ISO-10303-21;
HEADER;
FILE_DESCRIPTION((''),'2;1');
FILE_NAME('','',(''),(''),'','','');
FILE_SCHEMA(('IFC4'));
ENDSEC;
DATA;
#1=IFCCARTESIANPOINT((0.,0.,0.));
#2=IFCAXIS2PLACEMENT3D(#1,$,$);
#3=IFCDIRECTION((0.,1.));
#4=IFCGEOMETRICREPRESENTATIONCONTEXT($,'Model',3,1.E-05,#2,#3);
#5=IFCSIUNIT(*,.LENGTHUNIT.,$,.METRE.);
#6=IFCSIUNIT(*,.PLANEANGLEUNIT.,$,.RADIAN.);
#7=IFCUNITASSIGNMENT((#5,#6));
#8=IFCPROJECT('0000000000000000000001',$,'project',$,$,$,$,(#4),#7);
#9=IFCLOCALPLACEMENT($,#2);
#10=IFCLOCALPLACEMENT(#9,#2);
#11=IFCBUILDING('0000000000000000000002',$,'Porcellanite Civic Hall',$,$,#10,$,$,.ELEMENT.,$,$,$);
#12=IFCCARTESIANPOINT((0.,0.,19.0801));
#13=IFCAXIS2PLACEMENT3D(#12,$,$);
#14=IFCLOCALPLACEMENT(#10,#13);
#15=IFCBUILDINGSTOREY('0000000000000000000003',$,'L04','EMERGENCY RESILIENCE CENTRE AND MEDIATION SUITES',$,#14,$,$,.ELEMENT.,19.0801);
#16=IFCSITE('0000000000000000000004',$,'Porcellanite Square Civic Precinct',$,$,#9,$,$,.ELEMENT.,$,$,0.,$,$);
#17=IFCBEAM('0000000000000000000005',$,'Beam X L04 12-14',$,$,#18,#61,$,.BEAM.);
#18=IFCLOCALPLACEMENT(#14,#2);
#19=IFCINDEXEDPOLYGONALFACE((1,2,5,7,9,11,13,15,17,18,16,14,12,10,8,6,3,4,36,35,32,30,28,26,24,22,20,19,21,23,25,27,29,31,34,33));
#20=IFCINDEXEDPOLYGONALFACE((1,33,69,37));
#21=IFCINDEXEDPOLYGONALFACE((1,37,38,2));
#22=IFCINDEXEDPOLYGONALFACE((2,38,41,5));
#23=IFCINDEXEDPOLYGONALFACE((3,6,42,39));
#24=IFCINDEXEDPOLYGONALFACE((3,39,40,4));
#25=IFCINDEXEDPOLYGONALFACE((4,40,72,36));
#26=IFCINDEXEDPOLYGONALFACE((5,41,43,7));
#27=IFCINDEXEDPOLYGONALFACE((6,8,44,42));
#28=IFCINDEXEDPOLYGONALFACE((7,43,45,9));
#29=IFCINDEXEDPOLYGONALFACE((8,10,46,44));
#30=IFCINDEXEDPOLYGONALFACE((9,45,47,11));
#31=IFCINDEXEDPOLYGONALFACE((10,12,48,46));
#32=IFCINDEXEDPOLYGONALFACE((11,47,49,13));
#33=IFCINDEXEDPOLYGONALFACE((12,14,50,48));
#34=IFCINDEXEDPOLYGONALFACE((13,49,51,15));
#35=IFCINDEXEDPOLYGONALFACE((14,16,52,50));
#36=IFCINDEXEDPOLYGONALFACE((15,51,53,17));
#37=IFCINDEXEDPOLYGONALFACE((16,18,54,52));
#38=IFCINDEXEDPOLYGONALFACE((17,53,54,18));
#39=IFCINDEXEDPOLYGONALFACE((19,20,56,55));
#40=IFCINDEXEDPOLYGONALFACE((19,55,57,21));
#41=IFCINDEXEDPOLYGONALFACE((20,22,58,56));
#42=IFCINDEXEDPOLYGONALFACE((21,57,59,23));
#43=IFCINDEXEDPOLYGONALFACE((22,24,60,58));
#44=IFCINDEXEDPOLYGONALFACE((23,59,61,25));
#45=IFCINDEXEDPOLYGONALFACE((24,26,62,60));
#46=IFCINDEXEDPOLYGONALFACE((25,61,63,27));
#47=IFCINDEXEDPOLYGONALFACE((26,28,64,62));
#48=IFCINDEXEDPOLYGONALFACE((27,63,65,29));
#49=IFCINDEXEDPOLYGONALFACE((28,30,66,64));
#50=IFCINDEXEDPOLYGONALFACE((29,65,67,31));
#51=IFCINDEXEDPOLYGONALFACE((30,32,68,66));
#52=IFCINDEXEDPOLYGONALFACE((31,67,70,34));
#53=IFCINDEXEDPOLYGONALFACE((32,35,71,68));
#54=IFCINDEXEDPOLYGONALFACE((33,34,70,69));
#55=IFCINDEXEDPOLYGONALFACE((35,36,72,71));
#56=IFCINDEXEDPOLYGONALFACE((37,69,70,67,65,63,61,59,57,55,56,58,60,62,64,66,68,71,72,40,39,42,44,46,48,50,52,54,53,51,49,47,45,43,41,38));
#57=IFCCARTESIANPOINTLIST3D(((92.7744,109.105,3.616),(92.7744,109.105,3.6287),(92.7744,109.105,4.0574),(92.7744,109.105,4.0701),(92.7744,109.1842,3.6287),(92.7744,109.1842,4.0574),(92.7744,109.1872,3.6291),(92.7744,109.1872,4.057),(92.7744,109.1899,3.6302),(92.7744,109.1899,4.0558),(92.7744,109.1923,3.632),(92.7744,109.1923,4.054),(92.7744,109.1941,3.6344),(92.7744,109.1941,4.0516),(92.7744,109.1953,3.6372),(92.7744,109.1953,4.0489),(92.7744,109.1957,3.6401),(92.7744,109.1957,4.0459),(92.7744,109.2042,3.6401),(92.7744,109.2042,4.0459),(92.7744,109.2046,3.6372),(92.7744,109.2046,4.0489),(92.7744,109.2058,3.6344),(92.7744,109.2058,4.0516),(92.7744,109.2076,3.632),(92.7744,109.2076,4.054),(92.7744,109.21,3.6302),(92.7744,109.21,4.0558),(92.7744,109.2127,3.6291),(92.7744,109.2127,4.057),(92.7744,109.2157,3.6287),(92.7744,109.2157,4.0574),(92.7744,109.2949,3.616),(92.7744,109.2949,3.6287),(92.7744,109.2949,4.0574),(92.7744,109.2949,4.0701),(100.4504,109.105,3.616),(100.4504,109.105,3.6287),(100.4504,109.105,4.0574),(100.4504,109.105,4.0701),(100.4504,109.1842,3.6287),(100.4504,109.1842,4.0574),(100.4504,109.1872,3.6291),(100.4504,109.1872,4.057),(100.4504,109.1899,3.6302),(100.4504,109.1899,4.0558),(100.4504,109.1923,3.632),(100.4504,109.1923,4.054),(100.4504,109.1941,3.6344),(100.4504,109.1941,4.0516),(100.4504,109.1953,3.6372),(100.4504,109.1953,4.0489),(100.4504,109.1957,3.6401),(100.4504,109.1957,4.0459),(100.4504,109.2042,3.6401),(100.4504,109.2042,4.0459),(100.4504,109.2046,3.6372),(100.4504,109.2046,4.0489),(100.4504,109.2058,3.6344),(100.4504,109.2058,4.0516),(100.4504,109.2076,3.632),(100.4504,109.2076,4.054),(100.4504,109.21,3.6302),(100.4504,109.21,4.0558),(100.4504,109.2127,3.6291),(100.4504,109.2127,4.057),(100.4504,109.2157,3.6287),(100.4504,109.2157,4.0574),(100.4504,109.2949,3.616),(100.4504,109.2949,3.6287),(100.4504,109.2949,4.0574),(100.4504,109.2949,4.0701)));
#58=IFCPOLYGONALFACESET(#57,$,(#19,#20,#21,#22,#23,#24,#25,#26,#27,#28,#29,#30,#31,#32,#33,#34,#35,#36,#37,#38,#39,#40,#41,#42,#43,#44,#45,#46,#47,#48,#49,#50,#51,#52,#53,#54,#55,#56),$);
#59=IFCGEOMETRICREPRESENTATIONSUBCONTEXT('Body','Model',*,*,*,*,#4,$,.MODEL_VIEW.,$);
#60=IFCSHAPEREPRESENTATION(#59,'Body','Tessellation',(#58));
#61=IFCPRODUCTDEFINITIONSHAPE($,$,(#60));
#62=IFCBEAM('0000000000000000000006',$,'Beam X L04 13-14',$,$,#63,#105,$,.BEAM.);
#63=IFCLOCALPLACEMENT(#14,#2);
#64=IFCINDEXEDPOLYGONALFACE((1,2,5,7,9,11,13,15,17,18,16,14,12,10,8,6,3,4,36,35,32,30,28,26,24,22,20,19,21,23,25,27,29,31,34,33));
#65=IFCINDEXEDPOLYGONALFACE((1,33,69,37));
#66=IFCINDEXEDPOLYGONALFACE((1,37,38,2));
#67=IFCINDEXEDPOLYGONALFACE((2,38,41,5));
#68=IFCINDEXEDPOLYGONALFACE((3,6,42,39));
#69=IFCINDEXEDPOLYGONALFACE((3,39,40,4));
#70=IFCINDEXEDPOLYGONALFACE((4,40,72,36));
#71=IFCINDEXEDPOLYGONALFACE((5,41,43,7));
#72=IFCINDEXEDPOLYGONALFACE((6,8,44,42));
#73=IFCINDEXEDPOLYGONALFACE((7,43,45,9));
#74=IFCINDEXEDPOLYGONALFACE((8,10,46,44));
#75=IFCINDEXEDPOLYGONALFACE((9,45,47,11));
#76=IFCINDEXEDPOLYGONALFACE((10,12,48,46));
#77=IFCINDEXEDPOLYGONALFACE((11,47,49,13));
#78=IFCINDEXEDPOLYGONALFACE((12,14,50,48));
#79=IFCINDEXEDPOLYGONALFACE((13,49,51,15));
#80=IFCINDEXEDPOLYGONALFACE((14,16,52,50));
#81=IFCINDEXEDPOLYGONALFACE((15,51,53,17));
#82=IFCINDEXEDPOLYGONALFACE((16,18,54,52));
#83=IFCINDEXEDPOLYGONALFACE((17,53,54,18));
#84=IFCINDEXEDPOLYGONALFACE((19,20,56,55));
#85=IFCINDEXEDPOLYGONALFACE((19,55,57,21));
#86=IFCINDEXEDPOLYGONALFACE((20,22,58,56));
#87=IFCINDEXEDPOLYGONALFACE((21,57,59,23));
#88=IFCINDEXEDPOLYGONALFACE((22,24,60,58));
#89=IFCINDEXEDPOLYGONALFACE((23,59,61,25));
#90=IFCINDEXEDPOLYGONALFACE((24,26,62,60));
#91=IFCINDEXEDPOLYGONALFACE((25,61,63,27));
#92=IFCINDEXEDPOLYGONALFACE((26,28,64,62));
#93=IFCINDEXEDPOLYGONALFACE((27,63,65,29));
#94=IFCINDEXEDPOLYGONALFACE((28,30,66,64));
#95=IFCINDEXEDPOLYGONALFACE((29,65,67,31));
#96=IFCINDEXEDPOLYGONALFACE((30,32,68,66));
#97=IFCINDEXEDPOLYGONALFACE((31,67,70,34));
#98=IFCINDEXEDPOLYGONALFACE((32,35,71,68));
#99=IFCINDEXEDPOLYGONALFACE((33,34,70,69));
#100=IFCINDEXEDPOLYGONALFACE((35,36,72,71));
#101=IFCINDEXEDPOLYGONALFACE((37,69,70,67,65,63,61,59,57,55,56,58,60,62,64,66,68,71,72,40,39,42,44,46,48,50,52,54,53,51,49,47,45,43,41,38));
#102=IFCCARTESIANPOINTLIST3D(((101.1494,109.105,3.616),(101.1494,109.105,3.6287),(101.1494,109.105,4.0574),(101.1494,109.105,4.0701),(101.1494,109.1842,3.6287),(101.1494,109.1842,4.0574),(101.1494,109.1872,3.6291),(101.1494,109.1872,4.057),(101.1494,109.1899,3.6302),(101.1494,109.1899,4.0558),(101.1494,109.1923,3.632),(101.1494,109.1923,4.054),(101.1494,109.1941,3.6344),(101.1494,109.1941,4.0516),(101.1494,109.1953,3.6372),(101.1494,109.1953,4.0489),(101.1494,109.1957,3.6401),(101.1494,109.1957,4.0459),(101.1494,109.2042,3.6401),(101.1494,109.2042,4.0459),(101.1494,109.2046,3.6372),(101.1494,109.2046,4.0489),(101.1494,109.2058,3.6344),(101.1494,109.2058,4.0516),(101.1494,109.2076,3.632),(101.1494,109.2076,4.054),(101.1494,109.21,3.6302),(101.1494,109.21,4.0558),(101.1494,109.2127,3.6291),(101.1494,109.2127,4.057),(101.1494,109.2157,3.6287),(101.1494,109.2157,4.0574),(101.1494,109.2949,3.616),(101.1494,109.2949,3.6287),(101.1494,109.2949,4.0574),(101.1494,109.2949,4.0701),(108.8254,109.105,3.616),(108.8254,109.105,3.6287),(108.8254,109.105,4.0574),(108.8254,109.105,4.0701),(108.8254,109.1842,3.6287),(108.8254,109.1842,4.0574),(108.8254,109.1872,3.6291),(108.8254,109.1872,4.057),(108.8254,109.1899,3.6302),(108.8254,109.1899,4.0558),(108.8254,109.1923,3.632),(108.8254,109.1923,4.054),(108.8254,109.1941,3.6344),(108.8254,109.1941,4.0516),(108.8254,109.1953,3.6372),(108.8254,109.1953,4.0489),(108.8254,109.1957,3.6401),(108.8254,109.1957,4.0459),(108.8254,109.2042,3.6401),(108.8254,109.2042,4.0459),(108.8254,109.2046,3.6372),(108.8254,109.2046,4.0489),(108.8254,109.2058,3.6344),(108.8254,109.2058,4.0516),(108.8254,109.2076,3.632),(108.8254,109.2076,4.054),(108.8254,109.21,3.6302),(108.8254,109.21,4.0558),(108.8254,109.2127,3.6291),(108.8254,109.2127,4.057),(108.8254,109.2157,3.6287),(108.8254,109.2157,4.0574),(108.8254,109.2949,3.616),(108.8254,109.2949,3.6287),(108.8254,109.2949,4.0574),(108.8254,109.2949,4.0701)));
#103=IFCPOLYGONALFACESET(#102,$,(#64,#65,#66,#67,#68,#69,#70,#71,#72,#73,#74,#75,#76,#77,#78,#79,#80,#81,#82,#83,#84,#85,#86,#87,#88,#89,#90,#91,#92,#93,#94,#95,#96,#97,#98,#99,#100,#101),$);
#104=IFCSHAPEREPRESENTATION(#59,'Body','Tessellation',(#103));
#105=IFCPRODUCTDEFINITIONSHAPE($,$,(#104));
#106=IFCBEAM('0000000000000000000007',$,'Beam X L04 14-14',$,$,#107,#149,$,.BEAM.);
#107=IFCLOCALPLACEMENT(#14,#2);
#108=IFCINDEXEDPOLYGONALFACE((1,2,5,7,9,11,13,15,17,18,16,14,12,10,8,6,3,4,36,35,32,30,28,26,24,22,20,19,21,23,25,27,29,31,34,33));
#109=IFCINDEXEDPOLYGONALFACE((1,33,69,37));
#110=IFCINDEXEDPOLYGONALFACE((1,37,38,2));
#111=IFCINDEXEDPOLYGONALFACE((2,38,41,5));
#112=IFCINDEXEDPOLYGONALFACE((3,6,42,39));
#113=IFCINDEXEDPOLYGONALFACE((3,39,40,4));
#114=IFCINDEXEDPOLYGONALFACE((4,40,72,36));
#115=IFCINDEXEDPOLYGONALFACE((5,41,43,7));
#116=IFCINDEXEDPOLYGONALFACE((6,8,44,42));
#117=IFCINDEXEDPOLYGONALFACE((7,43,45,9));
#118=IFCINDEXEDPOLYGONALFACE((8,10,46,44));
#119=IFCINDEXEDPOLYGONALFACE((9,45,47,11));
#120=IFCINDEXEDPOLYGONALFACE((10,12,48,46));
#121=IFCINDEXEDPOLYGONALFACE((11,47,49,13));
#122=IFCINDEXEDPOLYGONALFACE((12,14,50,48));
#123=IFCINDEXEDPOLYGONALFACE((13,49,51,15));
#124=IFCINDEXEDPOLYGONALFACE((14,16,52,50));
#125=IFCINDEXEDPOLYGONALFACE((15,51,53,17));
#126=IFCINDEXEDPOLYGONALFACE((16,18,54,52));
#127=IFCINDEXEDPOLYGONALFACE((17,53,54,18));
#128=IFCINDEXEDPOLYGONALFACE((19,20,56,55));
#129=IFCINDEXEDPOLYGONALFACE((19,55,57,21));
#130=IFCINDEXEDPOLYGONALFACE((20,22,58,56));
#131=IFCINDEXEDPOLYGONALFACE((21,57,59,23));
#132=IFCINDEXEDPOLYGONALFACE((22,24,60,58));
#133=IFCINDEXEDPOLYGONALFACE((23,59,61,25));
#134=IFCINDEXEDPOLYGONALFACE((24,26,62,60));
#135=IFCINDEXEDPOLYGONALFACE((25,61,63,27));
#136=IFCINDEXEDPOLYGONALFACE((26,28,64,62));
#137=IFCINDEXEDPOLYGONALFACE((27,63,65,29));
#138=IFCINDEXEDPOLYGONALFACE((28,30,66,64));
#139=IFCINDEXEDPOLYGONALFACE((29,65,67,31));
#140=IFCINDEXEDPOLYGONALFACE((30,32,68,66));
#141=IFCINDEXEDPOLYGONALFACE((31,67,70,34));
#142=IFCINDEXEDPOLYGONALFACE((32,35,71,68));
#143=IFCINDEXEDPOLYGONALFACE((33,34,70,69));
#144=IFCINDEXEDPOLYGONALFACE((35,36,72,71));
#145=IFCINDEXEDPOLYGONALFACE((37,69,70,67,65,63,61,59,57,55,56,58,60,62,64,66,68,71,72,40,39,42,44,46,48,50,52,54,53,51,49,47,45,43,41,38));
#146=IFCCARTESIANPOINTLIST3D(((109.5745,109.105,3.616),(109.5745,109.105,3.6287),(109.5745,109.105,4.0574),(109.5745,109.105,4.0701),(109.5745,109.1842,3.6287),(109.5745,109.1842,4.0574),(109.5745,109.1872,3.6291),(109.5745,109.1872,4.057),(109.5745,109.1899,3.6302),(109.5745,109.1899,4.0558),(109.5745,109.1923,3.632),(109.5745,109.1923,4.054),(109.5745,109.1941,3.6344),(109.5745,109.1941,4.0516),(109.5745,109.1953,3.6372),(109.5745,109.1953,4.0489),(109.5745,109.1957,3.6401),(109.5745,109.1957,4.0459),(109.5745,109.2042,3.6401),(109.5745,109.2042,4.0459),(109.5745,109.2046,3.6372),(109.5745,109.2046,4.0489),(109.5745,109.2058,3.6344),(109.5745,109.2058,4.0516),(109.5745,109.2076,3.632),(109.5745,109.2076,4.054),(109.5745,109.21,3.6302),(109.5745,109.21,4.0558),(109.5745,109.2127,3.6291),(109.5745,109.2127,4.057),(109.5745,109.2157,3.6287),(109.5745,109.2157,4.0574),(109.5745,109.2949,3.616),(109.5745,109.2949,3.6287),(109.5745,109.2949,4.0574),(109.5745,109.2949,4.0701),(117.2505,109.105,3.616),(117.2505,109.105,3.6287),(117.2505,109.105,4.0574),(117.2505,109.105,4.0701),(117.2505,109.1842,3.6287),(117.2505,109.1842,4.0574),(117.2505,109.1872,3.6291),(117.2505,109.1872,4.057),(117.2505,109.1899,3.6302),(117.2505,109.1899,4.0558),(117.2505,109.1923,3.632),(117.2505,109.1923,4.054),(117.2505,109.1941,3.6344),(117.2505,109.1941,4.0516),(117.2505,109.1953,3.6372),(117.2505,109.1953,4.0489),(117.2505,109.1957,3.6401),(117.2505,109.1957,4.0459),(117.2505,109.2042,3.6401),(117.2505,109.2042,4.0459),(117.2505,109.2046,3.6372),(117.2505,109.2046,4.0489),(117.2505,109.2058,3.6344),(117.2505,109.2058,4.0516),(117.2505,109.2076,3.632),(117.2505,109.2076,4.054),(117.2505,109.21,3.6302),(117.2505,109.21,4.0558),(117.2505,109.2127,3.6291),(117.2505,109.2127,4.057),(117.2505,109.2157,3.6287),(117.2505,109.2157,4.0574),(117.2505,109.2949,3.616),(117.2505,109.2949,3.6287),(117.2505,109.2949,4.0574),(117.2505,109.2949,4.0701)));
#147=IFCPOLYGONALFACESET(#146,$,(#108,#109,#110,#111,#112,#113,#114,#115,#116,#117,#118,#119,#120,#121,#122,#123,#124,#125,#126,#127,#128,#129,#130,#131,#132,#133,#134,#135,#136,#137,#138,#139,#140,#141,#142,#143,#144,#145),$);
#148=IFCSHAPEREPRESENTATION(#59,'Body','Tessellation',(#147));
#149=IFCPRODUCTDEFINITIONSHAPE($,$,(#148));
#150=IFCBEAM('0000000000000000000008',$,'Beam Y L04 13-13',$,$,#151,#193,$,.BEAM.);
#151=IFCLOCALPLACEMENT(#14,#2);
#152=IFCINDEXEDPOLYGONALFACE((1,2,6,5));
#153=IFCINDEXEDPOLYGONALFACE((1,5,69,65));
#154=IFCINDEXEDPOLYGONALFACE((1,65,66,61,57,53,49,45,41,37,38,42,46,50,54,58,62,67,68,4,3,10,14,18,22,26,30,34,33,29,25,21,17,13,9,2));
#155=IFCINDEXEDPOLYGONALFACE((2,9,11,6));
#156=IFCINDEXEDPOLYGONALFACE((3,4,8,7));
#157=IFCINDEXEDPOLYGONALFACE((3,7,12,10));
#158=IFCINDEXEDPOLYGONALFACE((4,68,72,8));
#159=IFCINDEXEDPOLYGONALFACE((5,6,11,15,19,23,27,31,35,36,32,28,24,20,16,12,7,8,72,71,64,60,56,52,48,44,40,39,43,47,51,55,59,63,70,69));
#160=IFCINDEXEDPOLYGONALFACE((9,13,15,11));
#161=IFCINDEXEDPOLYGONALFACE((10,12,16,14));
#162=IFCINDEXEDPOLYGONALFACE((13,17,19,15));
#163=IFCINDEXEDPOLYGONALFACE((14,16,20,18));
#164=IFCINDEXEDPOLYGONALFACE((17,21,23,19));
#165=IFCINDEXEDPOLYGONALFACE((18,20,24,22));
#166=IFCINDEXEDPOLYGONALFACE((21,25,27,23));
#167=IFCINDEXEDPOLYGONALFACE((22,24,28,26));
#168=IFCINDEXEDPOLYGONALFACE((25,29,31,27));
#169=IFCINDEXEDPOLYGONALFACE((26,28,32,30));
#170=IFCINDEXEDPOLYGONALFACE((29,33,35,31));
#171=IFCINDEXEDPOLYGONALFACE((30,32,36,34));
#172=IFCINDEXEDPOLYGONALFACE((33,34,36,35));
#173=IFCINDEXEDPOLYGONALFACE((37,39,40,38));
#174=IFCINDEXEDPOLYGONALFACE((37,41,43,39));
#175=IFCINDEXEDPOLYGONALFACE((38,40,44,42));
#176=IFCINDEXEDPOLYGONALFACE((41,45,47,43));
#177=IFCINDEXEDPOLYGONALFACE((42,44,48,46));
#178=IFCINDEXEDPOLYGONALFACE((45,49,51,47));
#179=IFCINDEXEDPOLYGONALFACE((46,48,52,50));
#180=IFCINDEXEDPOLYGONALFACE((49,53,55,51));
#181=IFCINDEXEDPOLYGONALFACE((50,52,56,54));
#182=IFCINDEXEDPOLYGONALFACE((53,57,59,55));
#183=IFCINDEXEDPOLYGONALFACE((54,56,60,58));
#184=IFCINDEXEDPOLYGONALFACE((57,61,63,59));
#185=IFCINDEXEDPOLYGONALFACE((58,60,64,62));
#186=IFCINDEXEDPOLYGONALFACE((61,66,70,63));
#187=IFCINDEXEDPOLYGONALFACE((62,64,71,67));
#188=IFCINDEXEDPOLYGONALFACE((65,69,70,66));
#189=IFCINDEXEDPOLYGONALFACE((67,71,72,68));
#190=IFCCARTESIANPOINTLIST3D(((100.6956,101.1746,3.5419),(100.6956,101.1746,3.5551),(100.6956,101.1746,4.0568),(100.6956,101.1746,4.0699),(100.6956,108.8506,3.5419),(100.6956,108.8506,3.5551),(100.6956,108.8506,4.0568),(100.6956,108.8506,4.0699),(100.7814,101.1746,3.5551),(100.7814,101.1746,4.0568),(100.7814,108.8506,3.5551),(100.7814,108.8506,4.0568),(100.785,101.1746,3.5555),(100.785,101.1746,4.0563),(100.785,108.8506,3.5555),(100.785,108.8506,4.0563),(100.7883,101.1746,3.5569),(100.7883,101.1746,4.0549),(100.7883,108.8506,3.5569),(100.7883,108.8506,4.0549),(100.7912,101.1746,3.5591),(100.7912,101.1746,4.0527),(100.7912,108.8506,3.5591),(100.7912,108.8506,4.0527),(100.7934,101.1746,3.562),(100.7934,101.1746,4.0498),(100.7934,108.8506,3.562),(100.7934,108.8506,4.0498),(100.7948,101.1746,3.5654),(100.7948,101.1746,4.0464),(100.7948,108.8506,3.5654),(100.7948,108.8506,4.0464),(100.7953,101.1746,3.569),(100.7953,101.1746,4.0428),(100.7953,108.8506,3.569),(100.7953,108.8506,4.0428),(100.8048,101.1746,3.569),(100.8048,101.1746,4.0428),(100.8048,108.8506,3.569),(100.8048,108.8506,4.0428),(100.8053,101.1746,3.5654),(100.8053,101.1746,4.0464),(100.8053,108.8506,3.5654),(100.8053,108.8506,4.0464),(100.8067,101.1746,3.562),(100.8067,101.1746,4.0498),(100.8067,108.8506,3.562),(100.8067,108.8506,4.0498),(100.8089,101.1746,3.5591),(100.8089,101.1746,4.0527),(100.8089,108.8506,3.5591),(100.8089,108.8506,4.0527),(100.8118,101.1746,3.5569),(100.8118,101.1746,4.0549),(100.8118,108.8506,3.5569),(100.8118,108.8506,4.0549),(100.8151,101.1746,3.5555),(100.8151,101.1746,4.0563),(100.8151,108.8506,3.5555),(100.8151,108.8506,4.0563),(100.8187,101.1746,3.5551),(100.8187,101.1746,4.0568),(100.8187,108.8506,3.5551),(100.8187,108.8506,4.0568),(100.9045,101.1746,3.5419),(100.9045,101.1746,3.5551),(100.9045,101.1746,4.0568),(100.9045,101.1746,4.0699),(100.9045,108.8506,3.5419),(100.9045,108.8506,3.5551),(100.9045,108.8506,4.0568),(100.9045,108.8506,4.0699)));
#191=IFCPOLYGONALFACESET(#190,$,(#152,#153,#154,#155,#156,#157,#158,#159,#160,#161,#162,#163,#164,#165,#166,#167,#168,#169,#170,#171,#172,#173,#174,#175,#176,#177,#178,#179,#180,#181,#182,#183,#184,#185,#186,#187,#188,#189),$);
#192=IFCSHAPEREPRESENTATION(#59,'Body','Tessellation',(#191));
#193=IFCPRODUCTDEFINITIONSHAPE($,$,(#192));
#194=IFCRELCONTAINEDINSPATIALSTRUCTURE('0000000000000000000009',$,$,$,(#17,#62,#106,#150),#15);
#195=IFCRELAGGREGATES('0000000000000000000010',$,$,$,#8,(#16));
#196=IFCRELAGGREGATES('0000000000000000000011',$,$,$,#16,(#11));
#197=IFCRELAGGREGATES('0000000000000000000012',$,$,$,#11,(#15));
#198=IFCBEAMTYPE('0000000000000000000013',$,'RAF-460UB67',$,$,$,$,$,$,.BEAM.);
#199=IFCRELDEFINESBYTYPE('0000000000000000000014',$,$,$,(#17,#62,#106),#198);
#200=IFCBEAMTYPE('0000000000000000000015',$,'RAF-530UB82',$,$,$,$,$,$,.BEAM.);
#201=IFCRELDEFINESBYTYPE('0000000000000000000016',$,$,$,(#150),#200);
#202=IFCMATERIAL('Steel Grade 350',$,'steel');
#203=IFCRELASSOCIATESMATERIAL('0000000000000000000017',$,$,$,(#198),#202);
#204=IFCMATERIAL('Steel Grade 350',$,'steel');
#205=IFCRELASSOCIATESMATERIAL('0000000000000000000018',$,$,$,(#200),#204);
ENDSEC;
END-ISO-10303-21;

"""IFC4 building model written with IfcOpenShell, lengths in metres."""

from ifc_helpers import new_model, si_unit, direction, frame, origin, origin_2d, place, context, subcontext, project, spatial, i_section, extrude, material, material_profile, profile_set, type_object, element, save


model = new_model("IFC4")

# Units and contexts
model_context = context("Model", 3, precision=1e-05, world=origin(), true_north=direction((0.0, 1.0)))
body_context = subcontext(model_context, "Body", "Model", "MODEL_VIEW")
ifc_project = project(units=[si_unit("LENGTHUNIT", "METRE"), si_unit("PLANEANGLEUNIT", "RADIAN")], contexts=[model_context])

# Site, building, storey
site_placement = place(None, origin())
site = spatial("IfcSite", under=ifc_project, at=site_placement, Name="Porcellanite Square Civic Precinct", CompositionType="ELEMENT", RefElevation=0.0)
building_placement = place(site_placement, origin())
building = spatial("IfcBuilding", under=site, at=building_placement, Name="Porcellanite Civic Hall", CompositionType="ELEMENT")
storey_placement = place(building_placement, frame((0.0, 0.0, 19.0801)))
storey = spatial("IfcBuildingStorey", under=building, at=storey_placement, Name="L04", Description="EMERGENCY RESILIENCE CENTRE AND MEDIATION SUITES", CompositionType="ELEMENT", Elevation=19.0801)

# Beams
ifc_material_1 = material(Name="Steel Grade 350", Category="steel")
ifc_material_profile_1 = material_profile(ifc_material_1, i_section(OverallWidth=0.1899, OverallDepth=0.4541, WebThickness=0.0085, FlangeThickness=0.0127, FilletRadius=0.0115, at=origin_2d()), Name="460UB67.1")
ifc_profile_set_1 = profile_set([ifc_material_profile_1], Name="Steel Grade 350")
beam_type_1 = type_object("IfcBeamType", Name="RAF-460UB67", PredefinedType="BEAM", material=ifc_profile_set_1)
for number, where, z_axis, x_axis, name in (
    (1, (92.7744, 109.2, 3.843), (1.0, 0.0, 0.0), (0.0, 1.0, 0.0), "Beam X L04 12-14"),
    (2, (101.1494, 109.2, 3.843), (1.0, 0.0, 0.0), (0.0, 1.0, 0.0), "Beam X L04 13-14"),
    (3, (109.5745, 109.2, 3.843), (1.0, 0.0, 0.0), (0.0, 1.0, 0.0), "Beam X L04 14-14"),
):
    element("IfcBeam", number, at=place(storey_placement, frame(where, z_axis=z_axis, x_axis=x_axis)), inside=storey, type_object=beam_type_1, Name=name, PredefinedType="BEAM", context=body_context, shape_type="SweptSolid", body=[
        extrude(i_section(OverallWidth=0.1899, OverallDepth=0.4541, WebThickness=0.0085, FlangeThickness=0.0127, FilletRadius=0.0115, at=origin_2d()), origin(), (0.0, 0.0, 1.0), 7.676),
    ])
ifc_material_2 = material(Name="Steel Grade 350", Category="steel")
ifc_material_profile_2 = material_profile(ifc_material_2, i_section(OverallWidth=0.209, OverallDepth=0.5281, WebThickness=0.0095, FlangeThickness=0.0132, FilletRadius=0.0139, at=origin_2d()), Name="530UB82.0")
ifc_profile_set_2 = profile_set([ifc_material_profile_2], Name="Steel Grade 350")
beam_type_2 = type_object("IfcBeamType", Name="RAF-530UB82", PredefinedType="BEAM", material=ifc_profile_set_2)
beam_1_placement = place(storey_placement, frame((100.8, 101.1746, 3.8059), z_axis=(0.0, 1.0, 0.0), x_axis=(-1.0, 0.0, 0.0)))
element("IfcBeam", 4, at=beam_1_placement, inside=storey, type_object=beam_type_2, Name="Beam Y L04 13-13", PredefinedType="BEAM", context=body_context, shape_type="SweptSolid", body=[
    extrude(i_section(OverallWidth=0.209, OverallDepth=0.5281, WebThickness=0.0095, FlangeThickness=0.0132, FilletRadius=0.0139, at=origin_2d()), origin(), (0.0, 0.0, 1.0), 7.676),
])

save(model, "model.ifc")
